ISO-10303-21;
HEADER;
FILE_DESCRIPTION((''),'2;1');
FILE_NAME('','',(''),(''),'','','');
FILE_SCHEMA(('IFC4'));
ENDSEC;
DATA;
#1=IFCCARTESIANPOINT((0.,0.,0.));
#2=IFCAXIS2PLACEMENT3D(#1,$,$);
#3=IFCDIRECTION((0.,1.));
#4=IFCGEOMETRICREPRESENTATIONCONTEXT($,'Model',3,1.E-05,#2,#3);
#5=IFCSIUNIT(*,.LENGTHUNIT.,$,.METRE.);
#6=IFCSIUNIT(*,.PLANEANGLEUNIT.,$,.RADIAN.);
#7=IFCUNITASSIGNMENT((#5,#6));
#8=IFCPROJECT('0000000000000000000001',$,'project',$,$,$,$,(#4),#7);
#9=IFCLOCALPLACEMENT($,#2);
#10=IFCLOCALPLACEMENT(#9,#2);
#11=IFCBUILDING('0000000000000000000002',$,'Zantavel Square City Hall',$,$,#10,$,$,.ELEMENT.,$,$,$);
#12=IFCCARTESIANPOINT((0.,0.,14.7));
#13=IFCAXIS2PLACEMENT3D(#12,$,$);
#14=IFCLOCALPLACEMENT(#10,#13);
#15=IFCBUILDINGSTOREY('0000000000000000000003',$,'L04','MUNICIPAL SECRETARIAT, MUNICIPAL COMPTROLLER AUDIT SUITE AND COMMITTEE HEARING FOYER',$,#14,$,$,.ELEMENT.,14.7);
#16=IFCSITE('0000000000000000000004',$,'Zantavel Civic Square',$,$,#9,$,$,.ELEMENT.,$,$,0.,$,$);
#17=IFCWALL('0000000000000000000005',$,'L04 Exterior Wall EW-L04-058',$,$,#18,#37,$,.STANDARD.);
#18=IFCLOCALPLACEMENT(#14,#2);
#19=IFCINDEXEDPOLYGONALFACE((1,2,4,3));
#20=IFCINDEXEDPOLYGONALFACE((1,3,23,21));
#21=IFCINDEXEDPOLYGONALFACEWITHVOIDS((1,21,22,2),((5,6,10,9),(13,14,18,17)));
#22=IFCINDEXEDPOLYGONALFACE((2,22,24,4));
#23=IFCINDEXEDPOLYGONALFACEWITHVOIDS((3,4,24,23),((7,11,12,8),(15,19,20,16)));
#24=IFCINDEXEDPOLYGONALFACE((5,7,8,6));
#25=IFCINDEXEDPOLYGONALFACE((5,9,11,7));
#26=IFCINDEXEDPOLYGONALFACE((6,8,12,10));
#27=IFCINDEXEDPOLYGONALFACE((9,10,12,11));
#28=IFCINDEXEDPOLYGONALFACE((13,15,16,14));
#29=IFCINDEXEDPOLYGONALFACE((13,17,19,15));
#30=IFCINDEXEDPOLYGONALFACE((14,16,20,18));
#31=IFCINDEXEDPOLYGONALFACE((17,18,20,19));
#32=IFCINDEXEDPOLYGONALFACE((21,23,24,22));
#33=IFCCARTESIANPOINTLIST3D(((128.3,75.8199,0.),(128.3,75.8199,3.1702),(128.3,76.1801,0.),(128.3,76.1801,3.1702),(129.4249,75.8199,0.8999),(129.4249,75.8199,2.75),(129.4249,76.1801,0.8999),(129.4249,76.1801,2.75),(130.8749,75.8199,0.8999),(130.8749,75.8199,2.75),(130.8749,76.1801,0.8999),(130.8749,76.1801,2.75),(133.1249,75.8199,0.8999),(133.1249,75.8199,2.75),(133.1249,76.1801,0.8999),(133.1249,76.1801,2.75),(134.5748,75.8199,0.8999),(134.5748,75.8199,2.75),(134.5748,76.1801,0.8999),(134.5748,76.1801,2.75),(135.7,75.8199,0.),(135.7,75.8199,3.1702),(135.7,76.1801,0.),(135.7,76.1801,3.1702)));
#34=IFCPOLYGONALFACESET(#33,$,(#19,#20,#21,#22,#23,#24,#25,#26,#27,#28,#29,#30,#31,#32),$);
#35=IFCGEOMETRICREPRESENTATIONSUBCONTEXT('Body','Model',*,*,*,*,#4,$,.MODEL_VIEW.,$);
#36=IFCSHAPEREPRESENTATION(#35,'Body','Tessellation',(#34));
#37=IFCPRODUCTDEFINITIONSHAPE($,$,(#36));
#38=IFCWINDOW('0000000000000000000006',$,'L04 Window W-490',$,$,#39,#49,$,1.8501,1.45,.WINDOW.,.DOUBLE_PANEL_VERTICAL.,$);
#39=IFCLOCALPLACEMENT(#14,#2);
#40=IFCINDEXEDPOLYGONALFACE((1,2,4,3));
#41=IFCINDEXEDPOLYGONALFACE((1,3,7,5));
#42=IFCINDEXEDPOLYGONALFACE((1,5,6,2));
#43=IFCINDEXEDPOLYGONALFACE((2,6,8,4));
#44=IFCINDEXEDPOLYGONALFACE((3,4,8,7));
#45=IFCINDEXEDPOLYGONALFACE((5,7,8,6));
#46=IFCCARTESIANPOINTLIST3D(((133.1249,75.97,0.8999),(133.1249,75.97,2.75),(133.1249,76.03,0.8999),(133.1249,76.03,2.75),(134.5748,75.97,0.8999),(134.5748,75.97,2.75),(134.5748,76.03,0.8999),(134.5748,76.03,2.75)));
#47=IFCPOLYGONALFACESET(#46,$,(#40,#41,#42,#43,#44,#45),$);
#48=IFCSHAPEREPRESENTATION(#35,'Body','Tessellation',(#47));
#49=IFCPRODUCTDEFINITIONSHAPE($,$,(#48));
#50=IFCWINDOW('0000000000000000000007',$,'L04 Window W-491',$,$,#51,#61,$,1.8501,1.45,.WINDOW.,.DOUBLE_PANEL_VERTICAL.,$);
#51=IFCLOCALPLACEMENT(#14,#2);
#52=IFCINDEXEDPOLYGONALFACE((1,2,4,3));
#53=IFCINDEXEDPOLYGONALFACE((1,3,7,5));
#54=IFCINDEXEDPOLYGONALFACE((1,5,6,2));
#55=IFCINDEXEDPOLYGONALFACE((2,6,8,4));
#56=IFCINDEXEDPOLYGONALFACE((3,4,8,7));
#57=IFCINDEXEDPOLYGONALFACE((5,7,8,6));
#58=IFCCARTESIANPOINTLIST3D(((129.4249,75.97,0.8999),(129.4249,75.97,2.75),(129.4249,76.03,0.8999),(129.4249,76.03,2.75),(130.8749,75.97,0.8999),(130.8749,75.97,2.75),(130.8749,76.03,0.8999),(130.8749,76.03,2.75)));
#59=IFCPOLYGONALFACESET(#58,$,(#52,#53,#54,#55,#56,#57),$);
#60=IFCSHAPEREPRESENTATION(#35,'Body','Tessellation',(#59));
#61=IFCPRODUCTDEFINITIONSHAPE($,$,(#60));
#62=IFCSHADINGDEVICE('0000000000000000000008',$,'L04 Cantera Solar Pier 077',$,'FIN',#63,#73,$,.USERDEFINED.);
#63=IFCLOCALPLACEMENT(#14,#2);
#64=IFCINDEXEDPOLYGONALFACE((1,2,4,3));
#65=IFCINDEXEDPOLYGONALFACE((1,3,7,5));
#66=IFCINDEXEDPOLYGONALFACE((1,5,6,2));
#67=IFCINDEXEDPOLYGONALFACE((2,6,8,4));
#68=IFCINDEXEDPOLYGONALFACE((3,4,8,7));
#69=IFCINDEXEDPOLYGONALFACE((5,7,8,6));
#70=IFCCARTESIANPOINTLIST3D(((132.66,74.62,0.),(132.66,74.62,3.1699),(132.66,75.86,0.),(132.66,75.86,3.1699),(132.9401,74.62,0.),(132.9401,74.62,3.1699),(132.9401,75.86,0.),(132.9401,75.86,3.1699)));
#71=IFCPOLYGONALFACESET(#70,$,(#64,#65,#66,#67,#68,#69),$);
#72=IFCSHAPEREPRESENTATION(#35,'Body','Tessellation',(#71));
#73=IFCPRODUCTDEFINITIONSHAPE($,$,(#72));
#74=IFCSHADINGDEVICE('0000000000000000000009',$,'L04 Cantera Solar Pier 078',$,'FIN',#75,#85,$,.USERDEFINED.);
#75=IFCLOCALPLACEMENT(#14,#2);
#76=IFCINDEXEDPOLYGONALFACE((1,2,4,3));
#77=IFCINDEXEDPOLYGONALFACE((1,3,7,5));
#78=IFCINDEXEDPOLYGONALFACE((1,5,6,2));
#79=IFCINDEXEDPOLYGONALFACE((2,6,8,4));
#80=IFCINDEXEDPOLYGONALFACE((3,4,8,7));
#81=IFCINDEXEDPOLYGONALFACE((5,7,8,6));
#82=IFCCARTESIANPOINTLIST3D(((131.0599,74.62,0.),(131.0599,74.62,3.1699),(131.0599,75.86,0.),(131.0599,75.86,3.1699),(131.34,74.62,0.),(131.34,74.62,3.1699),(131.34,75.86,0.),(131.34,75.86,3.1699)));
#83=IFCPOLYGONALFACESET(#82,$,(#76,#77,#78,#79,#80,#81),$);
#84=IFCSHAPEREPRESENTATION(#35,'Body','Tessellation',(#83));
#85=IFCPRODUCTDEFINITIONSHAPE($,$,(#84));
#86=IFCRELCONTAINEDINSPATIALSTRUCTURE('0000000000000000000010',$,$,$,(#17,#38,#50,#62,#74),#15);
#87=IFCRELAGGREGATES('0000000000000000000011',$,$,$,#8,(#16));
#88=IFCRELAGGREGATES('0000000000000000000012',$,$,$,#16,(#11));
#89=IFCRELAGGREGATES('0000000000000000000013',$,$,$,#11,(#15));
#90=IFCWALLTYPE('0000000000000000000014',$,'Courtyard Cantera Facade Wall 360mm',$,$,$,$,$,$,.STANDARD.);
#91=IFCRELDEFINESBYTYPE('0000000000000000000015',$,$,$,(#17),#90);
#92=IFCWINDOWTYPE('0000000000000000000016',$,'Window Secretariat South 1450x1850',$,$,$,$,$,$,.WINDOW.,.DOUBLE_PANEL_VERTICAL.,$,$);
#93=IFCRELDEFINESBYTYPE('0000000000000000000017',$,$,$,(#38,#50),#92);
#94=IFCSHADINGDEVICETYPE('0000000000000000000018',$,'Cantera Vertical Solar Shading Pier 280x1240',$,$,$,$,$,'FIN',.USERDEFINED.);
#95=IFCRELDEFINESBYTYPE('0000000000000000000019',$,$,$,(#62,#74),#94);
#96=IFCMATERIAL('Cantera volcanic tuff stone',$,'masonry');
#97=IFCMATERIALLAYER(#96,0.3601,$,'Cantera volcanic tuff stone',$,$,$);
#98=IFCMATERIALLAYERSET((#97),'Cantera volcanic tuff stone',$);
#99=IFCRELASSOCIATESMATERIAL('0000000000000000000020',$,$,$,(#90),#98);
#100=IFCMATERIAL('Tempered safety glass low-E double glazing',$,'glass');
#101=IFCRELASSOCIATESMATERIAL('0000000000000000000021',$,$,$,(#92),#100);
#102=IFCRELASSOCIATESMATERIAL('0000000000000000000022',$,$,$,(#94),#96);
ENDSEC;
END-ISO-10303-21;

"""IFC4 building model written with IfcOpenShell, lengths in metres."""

from ifc_helpers import new_model, si_unit, direction, frame, frame_2d, origin, origin_2d, place, context, subcontext, project, spatial, rectangle, extrude, material, layer, layer_set, type_object, element, fill, save


model = new_model("IFC4")

# Units and contexts
model_context = context("Model", 3, precision=1e-05, world=origin(), true_north=direction((0.0, 1.0)))
body_context = subcontext(model_context, "Body", "Model", "MODEL_VIEW")
ifc_project = project(units=[si_unit("LENGTHUNIT", "METRE"), si_unit("PLANEANGLEUNIT", "RADIAN")], contexts=[model_context])

# Site, building, storey
site_placement = place(None, origin())
site = spatial("IfcSite", under=ifc_project, at=site_placement, Name="Zantavel Civic Square", CompositionType="ELEMENT", RefElevation=0.0)
building_placement = place(site_placement, origin())
building = spatial("IfcBuilding", under=site, at=building_placement, Name="Zantavel Square City Hall", CompositionType="ELEMENT")
storey_placement = place(building_placement, frame((0.0, 0.0, 14.7)))
storey = spatial("IfcBuildingStorey", under=building, at=storey_placement, Name="L04", Description="MUNICIPAL SECRETARIAT, MUNICIPAL COMPTROLLER AUDIT SUITE AND COMMITTEE HEARING FOYER", CompositionType="ELEMENT", Elevation=14.7)

# Wall, openings, windows
ifc_material_1 = material(Name="Cantera volcanic tuff stone", Category="masonry")
ifc_layer = layer(ifc_material_1, 0.3601, Name="Cantera volcanic tuff stone")
ifc_layer_set = layer_set([ifc_layer], Name="Cantera volcanic tuff stone")
wall_type = type_object("IfcWallType", Name="Courtyard Cantera Facade Wall 360mm", PredefinedType="STANDARD", material=ifc_layer_set)
wall_placement = place(storey_placement, frame((135.7, 76.0, 0.0), z_axis=(0.0, 0.0, 1.0), x_axis=(-1.0, 0.0, 0.0)))
wall = element("IfcWall", 1, at=wall_placement, inside=storey, type_object=wall_type, Name="L04 Exterior Wall EW-L04-058", PredefinedType="STANDARD", context=body_context, shape_type="SweptSolid", body=[
    extrude(rectangle(XDim=7.3999, YDim=0.3601, at=frame_2d((3.7, 0.0))), origin(), (0.0, 0.0, 1.0), 3.1702),
])
opening_1_placement = place(wall_placement, frame((1.125, 0.0, 0.8999)))
opening_1 = element("IfcOpeningElement", 2, at=opening_1_placement, cuts=wall, PredefinedType="OPENING", context=body_context, shape_type="SweptSolid", body=[
    extrude(rectangle(XDim=1.45, YDim=1.8501, at=frame_2d((0.7251, 0.925))), frame((0.0, 0.1899, 0.0), z_axis=(0.0, -1.0, 0.0), x_axis=(1.0, 0.0, 0.0)), (0.0, 0.0, 1.0), 0.3801),
])
opening_2_placement = place(wall_placement, frame((4.825, 0.0, 0.8999)))
opening_2 = element("IfcOpeningElement", 3, at=opening_2_placement, cuts=wall, PredefinedType="OPENING", context=body_context, shape_type="SweptSolid", body=[
    extrude(rectangle(XDim=1.45, YDim=1.8501, at=frame_2d((0.7251, 0.925))), frame((0.0, 0.1899, 0.0), z_axis=(0.0, -1.0, 0.0), x_axis=(1.0, 0.0, 0.0)), (0.0, 0.0, 1.0), 0.3801),
])
ifc_material_2 = material(Name="Tempered safety glass low-E double glazing", Category="glass")
window_type = type_object("IfcWindowType", Name="Window Secretariat South 1450x1850", PartitioningType="DOUBLE_PANEL_VERTICAL", PredefinedType="WINDOW", material=ifc_material_2)
window_1_placement = place(opening_1_placement, origin())
window_1 = element("IfcWindow", 4, at=window_1_placement, inside=storey, type_object=window_type, Name="L04 Window W-490", OverallHeight=1.8501, OverallWidth=1.45, PartitioningType="DOUBLE_PANEL_VERTICAL", PredefinedType="WINDOW", context=body_context, shape_type="SweptSolid", body=[
    extrude(rectangle(XDim=1.45, YDim=1.8501, at=frame_2d((0.7251, 0.925))), frame((0.0, 0.03, 0.0), z_axis=(0.0, -1.0, 0.0), x_axis=(1.0, 0.0, 0.0)), (0.0, 0.0, 1.0), 0.0601),
])
fill(opening_1, window_1)
window_2_placement = place(opening_2_placement, origin())
window_2 = element("IfcWindow", 5, at=window_2_placement, inside=storey, type_object=window_type, Name="L04 Window W-491", OverallHeight=1.8501, OverallWidth=1.45, PartitioningType="DOUBLE_PANEL_VERTICAL", PredefinedType="WINDOW", context=body_context, shape_type="SweptSolid", body=[
    extrude(rectangle(XDim=1.45, YDim=1.8501, at=frame_2d((0.7251, 0.925))), frame((0.0, 0.03, 0.0), z_axis=(0.0, -1.0, 0.0), x_axis=(1.0, 0.0, 0.0)), (0.0, 0.0, 1.0), 0.0601),
])
fill(opening_2, window_2)

# Shading devices
shading_device_type = type_object("IfcShadingDeviceType", Name="Cantera Vertical Solar Shading Pier 280x1240", ElementType="FIN", PredefinedType="USERDEFINED", material=ifc_material_1)
for number, where, z_axis, x_axis, name in (
    (6, (132.8, 75.24, 0.0), (0.0, 0.0, 1.0), (1.0, 0.0, 0.0), "L04 Cantera Solar Pier 077"),
    (7, (131.2, 75.24, 0.0), (0.0, 0.0, 1.0), (1.0, 0.0, 0.0), "L04 Cantera Solar Pier 078"),
):
    element("IfcShadingDevice", number, at=place(storey_placement, frame(where, z_axis=z_axis, x_axis=x_axis)), inside=storey, type_object=shading_device_type, Name=name, ObjectType="FIN", PredefinedType="USERDEFINED", context=body_context, shape_type="SweptSolid", body=[
        extrude(rectangle(XDim=0.28, YDim=1.24, at=origin_2d()), origin(), (0.0, 0.0, 1.0), 3.1699),
    ])

save(model, "model.ifc")
